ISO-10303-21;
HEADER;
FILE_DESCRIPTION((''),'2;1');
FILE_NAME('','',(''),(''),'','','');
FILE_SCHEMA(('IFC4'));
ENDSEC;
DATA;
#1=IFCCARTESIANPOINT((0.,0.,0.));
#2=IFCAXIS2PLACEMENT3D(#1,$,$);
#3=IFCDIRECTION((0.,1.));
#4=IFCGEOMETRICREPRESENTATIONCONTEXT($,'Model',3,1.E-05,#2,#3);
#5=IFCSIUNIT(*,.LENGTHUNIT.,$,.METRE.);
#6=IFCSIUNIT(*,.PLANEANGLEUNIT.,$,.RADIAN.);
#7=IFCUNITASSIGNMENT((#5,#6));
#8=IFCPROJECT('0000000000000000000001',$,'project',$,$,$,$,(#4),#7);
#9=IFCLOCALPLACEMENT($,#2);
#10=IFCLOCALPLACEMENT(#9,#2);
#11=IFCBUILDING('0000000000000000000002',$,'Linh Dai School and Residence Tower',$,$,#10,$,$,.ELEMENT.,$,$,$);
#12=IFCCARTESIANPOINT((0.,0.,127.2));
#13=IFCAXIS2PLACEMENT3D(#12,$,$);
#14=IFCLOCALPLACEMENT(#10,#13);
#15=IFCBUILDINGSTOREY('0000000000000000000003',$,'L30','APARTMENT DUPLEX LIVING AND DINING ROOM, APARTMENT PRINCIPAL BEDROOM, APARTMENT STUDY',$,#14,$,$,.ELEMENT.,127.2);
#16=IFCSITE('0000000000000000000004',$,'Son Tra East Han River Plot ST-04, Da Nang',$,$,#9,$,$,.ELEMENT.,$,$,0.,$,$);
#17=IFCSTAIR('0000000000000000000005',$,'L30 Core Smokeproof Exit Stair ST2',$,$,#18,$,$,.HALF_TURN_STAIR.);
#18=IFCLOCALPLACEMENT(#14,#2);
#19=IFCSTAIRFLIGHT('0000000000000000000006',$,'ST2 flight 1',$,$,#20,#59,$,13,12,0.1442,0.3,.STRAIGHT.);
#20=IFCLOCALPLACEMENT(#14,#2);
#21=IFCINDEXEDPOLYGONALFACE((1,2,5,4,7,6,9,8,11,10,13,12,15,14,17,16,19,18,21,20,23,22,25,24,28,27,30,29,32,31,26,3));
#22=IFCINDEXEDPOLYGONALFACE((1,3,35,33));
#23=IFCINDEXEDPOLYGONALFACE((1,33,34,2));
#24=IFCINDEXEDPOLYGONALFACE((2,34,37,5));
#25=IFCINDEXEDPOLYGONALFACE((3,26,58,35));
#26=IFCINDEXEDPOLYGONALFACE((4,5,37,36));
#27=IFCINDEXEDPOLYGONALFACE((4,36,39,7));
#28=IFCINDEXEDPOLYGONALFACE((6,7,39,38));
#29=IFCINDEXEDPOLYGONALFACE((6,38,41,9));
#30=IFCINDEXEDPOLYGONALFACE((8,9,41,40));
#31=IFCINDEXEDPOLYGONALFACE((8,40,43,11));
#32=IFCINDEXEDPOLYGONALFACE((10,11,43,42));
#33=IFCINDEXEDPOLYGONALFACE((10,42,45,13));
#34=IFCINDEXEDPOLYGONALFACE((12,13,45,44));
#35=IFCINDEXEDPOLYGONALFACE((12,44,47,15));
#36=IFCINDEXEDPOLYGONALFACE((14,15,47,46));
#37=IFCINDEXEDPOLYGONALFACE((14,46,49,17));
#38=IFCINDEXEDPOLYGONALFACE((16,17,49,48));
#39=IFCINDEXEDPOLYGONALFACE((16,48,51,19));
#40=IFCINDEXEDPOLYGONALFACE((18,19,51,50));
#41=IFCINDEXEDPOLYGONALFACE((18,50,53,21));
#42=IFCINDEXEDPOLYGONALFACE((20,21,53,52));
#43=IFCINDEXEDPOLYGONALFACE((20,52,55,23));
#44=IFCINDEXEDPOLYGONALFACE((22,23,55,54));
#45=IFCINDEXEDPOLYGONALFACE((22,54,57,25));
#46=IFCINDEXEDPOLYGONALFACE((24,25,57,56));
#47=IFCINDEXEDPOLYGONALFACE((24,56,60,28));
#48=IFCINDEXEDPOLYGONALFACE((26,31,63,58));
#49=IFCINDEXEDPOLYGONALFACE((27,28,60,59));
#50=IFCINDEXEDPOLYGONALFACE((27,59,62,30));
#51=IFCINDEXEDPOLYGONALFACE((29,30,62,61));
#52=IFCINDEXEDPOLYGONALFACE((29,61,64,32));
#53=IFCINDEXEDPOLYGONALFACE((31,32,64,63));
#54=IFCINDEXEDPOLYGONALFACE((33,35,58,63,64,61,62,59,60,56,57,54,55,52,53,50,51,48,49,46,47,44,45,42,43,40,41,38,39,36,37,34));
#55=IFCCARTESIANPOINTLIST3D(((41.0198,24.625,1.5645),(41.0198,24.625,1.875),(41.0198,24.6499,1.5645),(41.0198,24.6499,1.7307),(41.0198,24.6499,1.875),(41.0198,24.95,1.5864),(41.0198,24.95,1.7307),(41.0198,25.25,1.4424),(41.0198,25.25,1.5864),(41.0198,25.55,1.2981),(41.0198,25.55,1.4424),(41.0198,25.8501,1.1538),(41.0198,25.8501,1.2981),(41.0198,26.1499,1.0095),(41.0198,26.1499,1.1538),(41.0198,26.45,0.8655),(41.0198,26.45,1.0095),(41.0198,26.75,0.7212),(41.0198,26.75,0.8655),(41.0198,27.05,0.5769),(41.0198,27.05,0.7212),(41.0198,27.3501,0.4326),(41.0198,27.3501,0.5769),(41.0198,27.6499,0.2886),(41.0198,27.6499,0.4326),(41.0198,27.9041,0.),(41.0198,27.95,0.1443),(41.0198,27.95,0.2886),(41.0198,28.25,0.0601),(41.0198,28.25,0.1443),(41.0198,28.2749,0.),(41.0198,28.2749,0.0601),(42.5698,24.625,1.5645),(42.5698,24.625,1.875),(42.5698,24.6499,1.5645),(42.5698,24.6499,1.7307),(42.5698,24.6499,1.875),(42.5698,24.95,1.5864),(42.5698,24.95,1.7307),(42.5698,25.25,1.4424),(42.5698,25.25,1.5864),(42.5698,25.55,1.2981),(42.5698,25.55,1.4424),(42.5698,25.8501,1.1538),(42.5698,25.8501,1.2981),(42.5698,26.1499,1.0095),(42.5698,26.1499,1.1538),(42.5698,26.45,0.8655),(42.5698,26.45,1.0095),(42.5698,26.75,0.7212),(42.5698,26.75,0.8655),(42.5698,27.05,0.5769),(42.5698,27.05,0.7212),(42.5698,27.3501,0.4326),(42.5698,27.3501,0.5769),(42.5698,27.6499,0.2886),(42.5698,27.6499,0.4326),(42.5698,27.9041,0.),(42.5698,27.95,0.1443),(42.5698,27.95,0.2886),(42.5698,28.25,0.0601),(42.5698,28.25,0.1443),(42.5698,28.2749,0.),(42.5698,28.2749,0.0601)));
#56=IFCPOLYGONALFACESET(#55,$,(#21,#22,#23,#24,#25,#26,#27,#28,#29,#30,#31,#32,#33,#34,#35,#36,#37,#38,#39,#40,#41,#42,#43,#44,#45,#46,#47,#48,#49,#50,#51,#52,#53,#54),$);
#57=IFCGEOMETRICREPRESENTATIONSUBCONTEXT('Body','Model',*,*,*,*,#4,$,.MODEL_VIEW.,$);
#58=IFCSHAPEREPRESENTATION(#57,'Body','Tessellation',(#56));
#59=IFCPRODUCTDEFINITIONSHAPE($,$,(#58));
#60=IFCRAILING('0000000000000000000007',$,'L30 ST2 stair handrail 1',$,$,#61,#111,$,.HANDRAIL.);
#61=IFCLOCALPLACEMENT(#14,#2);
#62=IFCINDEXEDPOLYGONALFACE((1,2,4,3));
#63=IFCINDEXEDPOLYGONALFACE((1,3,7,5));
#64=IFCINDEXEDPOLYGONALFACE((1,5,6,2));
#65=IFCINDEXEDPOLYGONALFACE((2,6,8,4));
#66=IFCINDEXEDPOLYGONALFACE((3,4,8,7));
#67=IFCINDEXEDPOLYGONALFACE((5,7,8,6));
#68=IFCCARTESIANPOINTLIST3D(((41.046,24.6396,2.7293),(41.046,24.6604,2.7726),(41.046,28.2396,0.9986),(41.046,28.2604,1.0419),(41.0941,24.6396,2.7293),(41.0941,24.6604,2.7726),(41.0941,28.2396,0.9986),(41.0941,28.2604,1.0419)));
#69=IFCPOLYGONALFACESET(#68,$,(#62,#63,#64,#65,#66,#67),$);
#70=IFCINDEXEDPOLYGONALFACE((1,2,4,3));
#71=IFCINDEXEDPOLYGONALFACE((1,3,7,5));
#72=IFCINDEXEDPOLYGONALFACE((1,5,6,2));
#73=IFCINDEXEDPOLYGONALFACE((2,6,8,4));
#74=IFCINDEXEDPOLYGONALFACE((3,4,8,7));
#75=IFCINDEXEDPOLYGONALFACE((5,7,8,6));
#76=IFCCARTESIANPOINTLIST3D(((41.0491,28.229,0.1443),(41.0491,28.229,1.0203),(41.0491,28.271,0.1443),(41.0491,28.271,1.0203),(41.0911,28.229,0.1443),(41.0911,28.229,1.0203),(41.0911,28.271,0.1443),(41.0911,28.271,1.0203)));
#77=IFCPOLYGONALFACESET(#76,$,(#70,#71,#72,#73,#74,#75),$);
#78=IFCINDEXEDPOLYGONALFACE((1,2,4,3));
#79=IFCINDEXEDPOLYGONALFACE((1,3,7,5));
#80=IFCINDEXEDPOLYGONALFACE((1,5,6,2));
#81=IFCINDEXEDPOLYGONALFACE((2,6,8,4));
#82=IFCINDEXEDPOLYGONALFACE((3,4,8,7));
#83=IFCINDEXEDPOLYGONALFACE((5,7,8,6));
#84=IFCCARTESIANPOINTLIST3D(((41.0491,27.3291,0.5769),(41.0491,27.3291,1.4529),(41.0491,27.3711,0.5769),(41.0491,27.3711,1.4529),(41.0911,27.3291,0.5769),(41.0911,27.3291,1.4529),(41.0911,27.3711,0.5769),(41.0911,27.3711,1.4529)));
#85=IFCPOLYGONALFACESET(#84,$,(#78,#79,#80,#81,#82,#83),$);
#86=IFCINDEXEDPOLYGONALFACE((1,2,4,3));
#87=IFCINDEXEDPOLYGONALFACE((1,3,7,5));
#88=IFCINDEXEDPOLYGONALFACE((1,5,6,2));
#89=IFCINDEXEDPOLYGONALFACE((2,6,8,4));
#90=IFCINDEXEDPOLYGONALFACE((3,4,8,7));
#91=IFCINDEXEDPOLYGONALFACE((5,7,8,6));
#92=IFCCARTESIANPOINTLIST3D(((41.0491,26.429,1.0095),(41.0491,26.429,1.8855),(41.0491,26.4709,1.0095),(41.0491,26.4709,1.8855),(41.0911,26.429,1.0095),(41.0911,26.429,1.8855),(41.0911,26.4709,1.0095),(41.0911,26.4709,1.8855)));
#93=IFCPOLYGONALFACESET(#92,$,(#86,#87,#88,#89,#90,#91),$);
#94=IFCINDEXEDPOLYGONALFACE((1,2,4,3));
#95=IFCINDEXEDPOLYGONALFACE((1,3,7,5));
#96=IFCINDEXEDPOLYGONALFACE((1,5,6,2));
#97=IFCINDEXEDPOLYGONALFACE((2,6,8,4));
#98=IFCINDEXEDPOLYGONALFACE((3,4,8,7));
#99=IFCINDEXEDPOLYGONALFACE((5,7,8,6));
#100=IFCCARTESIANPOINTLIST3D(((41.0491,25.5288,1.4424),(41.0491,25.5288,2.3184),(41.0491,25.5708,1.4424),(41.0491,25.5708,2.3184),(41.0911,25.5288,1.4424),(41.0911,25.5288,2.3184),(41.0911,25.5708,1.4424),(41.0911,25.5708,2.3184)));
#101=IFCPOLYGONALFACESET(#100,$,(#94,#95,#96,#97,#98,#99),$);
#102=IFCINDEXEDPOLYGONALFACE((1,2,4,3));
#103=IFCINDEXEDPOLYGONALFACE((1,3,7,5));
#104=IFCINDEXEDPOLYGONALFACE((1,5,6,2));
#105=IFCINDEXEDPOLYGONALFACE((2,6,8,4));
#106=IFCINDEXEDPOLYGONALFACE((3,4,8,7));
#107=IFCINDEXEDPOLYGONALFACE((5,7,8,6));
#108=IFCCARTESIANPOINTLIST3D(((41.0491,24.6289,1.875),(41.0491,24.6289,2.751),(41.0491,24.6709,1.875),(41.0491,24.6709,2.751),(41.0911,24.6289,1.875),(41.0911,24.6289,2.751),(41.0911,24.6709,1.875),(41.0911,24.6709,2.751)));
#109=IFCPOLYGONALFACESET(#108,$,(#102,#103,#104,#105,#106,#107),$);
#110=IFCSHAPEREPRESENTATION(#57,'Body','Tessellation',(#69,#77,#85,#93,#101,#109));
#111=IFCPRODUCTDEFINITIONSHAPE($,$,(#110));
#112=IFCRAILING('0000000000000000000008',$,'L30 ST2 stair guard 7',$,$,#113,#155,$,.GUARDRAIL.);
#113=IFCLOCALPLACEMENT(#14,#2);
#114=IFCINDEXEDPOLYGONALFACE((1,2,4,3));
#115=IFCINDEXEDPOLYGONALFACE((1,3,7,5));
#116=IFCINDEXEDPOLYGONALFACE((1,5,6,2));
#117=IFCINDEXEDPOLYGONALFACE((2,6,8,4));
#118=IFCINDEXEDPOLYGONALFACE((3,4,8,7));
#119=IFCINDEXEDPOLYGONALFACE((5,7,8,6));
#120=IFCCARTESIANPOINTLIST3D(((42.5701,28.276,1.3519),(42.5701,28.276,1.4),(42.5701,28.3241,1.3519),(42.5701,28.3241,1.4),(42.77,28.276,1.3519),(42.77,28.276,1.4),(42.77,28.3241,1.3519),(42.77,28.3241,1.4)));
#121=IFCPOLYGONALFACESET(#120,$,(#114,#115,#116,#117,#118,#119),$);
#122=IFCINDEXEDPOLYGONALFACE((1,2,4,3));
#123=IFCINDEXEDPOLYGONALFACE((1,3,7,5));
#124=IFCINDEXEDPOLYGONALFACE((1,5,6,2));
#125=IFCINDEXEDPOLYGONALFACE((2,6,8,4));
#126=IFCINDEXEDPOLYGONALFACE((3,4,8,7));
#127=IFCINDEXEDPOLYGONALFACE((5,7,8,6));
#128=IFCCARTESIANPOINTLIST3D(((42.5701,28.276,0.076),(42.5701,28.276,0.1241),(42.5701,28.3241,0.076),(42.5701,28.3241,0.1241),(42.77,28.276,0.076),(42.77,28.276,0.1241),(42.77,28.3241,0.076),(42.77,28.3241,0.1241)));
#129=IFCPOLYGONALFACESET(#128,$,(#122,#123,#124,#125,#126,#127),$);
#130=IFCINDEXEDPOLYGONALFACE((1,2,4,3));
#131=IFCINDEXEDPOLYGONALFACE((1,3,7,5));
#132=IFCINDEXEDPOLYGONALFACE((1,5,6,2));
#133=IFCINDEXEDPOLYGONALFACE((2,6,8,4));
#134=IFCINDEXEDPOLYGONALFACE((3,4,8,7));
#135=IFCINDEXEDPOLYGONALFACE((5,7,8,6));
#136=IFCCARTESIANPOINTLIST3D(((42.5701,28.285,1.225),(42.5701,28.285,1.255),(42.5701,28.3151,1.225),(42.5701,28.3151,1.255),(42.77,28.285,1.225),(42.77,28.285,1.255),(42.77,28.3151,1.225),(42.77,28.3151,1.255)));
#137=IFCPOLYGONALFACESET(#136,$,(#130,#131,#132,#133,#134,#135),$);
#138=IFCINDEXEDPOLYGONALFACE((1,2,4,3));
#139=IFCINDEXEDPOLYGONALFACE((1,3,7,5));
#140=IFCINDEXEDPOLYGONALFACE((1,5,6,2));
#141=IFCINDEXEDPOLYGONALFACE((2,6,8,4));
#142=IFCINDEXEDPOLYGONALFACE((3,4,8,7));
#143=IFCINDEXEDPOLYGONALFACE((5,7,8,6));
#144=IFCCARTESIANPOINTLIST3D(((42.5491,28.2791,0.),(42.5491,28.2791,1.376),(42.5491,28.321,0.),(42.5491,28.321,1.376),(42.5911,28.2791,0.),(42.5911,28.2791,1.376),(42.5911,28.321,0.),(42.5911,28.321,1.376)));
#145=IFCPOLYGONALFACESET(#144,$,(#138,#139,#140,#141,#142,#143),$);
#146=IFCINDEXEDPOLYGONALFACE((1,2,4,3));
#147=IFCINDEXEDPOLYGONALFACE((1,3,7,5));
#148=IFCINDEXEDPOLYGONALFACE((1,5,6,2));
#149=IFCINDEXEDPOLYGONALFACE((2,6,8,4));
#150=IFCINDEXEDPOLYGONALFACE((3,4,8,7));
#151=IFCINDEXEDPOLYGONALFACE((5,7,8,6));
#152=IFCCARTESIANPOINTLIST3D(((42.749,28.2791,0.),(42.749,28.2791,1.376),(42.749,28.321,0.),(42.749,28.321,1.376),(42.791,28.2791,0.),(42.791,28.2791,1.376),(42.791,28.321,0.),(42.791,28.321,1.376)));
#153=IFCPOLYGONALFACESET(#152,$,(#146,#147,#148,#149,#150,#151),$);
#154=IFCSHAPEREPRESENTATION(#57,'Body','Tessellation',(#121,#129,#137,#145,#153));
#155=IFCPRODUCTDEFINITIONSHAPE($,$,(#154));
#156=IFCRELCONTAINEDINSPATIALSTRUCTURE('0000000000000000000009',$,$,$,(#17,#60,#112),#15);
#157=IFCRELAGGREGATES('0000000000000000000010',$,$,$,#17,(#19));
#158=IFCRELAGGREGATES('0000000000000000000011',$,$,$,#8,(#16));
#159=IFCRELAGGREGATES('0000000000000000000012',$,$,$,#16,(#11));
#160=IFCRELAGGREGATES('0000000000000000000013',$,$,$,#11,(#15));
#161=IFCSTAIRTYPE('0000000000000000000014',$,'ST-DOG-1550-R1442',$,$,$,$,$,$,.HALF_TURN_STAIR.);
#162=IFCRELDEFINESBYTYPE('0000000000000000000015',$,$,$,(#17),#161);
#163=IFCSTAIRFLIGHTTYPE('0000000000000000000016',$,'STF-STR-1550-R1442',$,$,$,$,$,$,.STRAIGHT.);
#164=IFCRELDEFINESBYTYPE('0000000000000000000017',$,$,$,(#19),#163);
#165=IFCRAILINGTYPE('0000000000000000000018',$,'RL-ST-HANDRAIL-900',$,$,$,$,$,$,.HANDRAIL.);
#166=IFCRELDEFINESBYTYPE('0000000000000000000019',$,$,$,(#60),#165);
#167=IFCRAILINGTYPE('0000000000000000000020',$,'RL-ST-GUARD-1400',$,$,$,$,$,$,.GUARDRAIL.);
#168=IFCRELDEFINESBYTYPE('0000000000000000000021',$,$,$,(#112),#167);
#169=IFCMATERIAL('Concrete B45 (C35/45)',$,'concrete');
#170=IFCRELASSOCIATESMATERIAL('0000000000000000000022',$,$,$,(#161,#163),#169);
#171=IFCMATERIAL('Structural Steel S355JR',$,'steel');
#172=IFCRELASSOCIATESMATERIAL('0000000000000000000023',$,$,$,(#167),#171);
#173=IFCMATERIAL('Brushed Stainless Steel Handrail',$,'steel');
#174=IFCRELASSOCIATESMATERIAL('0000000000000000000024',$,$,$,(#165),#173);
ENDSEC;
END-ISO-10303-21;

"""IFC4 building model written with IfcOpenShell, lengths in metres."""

from ifc_helpers import new_model, si_unit, direction, frame, origin, origin_2d, place, context, subcontext, project, spatial, polyline, rectangle, outline, extrude, source, transform, mapped, material, type_object, element, aggregate, save


model = new_model("IFC4")

# Units and contexts
model_context = context("Model", 3, precision=1e-05, world=origin(), true_north=direction((0.0, 1.0)))
body_context = subcontext(model_context, "Body", "Model", "MODEL_VIEW")
ifc_project = project(units=[si_unit("LENGTHUNIT", "METRE"), si_unit("PLANEANGLEUNIT", "RADIAN")], contexts=[model_context])

# Site, building, storey
site_placement = place(None, origin())
site = spatial("IfcSite", under=ifc_project, at=site_placement, Name="Son Tra East Han River Plot ST-04, Da Nang", CompositionType="ELEMENT", RefElevation=0.0)
building_placement = place(site_placement, origin())
building = spatial("IfcBuilding", under=site, at=building_placement, Name="Linh Dai School and Residence Tower", CompositionType="ELEMENT")
storey_placement = place(building_placement, frame((0.0, 0.0, 127.2)))
storey = spatial("IfcBuildingStorey", under=building, at=storey_placement, Name="L30", Description="APARTMENT DUPLEX LIVING AND DINING ROOM, APARTMENT PRINCIPAL BEDROOM, APARTMENT STUDY", CompositionType="ELEMENT", Elevation=127.2)

# Shared definitions
ifc_material_1 = material(Name="Structural Steel S355JR", Category="steel")

# Shared definitions
ifc_material_2 = material(Name="Concrete B45 (C35/45)", Category="concrete")

# Stair, stair flight
stair_type = type_object("IfcStairType", Name="ST-DOG-1550-R1442", PredefinedType="HALF_TURN_STAIR", material=ifc_material_2)
stair_placement = place(storey_placement, origin())
stair = element("IfcStair", 1, at=stair_placement, inside=storey, type_object=stair_type, Name="L30 Core Smokeproof Exit Stair ST2", PredefinedType="HALF_TURN_STAIR")
stair_flight_type = type_object("IfcStairFlightType", Name="STF-STR-1550-R1442", PredefinedType="STRAIGHT", material=ifc_material_2)
shared_shape_1 = source(origin(), body_context, "Body", "SweptSolid", [
    extrude(outline(polyline([(-0.0249, 0.0), (-0.0249, 0.0601), (0.0, 0.0601), (0.0, 0.1443), (0.3, 0.1443), (0.3, 0.2886), (0.6001, 0.2886), (0.6001, 0.4326), (0.8999, 0.4326), (0.8999, 0.5769), (1.2, 0.5769), (1.2, 0.7212), (1.5, 0.7212), (1.5, 0.8655), (1.8, 0.8655), (1.8, 1.0095), (2.1001, 1.0095), (2.1001, 1.1538), (2.3999, 1.1538), (2.3999, 1.2981), (2.7, 1.2981), (2.7, 1.4424), (3.0, 1.4424), (3.0, 1.5864), (3.3, 1.5864), (3.3, 1.7307), (3.6001, 1.7307), (3.6001, 1.875), (3.625, 1.875), (3.625, 1.5645), (3.6001, 1.5645), (0.3459, 0.0), (-0.0249, 0.0)])), frame((0.0, 0.7749, 0.0), z_axis=(0.0, -1.0, 0.0), x_axis=(1.0, 0.0, 0.0)), (0.0, 0.0, 1.0), 1.55),
])
stair_flight_placement = place(storey_placement, frame((41.7949, 28.25, 0.0), z_axis=(0.0, 0.0, 1.0), x_axis=(0.0, -1.0, 0.0)))
stair_flight = element("IfcStairFlight", 2, at=stair_flight_placement, type_object=stair_flight_type, Name="ST2 flight 1", NumberOfRisers=13, NumberOfTreads=12, PredefinedType="STRAIGHT", RiserHeight=0.1442, TreadLength=0.3, context=body_context, shape_type="MappedRepresentation", body=[
    mapped(shared_shape_1, transform((0.0, 0.0, 0.0), x_axis=(1.0, 0.0, 0.0), y_axis=(0.0, 1.0, 0.0), z_axis=(0.0, 0.0, 1.0), scale=1.0)),
])
aggregate(stair, [stair_flight])

# Railings
railing_type_1 = type_object("IfcRailingType", Name="RL-ST-GUARD-1400", PredefinedType="GUARDRAIL", material=ifc_material_1)
ifc_material_3 = material(Name="Brushed Stainless Steel Handrail", Category="steel")
railing_type_2 = type_object("IfcRailingType", Name="RL-ST-HANDRAIL-900", PredefinedType="HANDRAIL", material=ifc_material_3)
shared_shape_2 = source(origin(), body_context, "Body", "SweptSolid", [
    extrude(rectangle(XDim=0.0481, YDim=0.0481, at=origin_2d()), frame((0.0, 0.0, 0.876), z_axis=(0.0, -0.901263, 0.433273), x_axis=(1.0, 0.0, 0.0)), (0.0, 0.0, 1.0), 3.9944),
    extrude(rectangle(XDim=0.042, YDim=0.042, at=origin_2d()), origin(), (0.0, 0.0, 1.0), 0.876),
    extrude(rectangle(XDim=0.042, YDim=0.042, at=origin_2d()), frame((0.0, -0.8999, 0.4326)), (0.0, 0.0, 1.0), 0.876),
    extrude(rectangle(XDim=0.042, YDim=0.042, at=origin_2d()), frame((0.0, -1.8, 0.8652)), (0.0, 0.0, 1.0), 0.876),
    extrude(rectangle(XDim=0.042, YDim=0.042, at=origin_2d()), frame((0.0, -2.7002, 1.2981)), (0.0, 0.0, 1.0), 0.876),
    extrude(rectangle(XDim=0.042, YDim=0.042, at=origin_2d()), frame((0.0, -3.6001, 1.7307)), (0.0, 0.0, 1.0), 0.876),
])
railing_1_placement = place(storey_placement, frame((41.0701, 28.25, 0.1443)))
element("IfcRailing", 3, at=railing_1_placement, inside=storey, type_object=railing_type_2, Name="L30 ST2 stair handrail 1", PredefinedType="HANDRAIL", context=body_context, shape_type="MappedRepresentation", body=[
    mapped(shared_shape_2, transform((0.0, 0.0, 0.0), x_axis=(1.0, 0.0, 0.0), y_axis=(0.0, 1.0, 0.0), z_axis=(0.0, 0.0, 1.0), scale=1.0)),
])
shared_shape_3 = source(origin(), body_context, "Body", "SweptSolid", [
    extrude(rectangle(XDim=0.0481, YDim=0.0481, at=origin_2d()), frame((0.0, 0.0, 1.376), z_axis=(1.0, 0.0, 0.0), x_axis=(0.0, 1.0, 0.0)), (0.0, 0.0, 1.0), 0.2),
    extrude(rectangle(XDim=0.0481, YDim=0.0481, at=origin_2d()), frame((0.0, 0.0, 0.1001), z_axis=(1.0, 0.0, 0.0), x_axis=(0.0, 1.0, 0.0)), (0.0, 0.0, 1.0), 0.2),
    extrude(rectangle(XDim=0.03, YDim=0.03, at=origin_2d()), frame((0.0, 0.0, 1.24), z_axis=(1.0, 0.0, 0.0), x_axis=(0.0, 1.0, 0.0)), (0.0, 0.0, 1.0), 0.2),
    extrude(rectangle(XDim=0.042, YDim=0.042, at=origin_2d()), origin(), (0.0, 0.0, 1.0), 1.376),
    extrude(rectangle(XDim=0.042, YDim=0.042, at=origin_2d()), frame((0.2, 0.0, 0.0)), (0.0, 0.0, 1.0), 1.376),
])
railing_2_placement = place(storey_placement, frame((42.5701, 28.3, 0.0)))
element("IfcRailing", 4, at=railing_2_placement, inside=storey, type_object=railing_type_1, Name="L30 ST2 stair guard 7", PredefinedType="GUARDRAIL", context=body_context, shape_type="MappedRepresentation", body=[
    mapped(shared_shape_3, transform((0.0, 0.0, 0.0), x_axis=(1.0, 0.0, 0.0), y_axis=(0.0, 1.0, 0.0), z_axis=(0.0, 0.0, 1.0), scale=1.0)),
])

save(model, "model.ifc")
